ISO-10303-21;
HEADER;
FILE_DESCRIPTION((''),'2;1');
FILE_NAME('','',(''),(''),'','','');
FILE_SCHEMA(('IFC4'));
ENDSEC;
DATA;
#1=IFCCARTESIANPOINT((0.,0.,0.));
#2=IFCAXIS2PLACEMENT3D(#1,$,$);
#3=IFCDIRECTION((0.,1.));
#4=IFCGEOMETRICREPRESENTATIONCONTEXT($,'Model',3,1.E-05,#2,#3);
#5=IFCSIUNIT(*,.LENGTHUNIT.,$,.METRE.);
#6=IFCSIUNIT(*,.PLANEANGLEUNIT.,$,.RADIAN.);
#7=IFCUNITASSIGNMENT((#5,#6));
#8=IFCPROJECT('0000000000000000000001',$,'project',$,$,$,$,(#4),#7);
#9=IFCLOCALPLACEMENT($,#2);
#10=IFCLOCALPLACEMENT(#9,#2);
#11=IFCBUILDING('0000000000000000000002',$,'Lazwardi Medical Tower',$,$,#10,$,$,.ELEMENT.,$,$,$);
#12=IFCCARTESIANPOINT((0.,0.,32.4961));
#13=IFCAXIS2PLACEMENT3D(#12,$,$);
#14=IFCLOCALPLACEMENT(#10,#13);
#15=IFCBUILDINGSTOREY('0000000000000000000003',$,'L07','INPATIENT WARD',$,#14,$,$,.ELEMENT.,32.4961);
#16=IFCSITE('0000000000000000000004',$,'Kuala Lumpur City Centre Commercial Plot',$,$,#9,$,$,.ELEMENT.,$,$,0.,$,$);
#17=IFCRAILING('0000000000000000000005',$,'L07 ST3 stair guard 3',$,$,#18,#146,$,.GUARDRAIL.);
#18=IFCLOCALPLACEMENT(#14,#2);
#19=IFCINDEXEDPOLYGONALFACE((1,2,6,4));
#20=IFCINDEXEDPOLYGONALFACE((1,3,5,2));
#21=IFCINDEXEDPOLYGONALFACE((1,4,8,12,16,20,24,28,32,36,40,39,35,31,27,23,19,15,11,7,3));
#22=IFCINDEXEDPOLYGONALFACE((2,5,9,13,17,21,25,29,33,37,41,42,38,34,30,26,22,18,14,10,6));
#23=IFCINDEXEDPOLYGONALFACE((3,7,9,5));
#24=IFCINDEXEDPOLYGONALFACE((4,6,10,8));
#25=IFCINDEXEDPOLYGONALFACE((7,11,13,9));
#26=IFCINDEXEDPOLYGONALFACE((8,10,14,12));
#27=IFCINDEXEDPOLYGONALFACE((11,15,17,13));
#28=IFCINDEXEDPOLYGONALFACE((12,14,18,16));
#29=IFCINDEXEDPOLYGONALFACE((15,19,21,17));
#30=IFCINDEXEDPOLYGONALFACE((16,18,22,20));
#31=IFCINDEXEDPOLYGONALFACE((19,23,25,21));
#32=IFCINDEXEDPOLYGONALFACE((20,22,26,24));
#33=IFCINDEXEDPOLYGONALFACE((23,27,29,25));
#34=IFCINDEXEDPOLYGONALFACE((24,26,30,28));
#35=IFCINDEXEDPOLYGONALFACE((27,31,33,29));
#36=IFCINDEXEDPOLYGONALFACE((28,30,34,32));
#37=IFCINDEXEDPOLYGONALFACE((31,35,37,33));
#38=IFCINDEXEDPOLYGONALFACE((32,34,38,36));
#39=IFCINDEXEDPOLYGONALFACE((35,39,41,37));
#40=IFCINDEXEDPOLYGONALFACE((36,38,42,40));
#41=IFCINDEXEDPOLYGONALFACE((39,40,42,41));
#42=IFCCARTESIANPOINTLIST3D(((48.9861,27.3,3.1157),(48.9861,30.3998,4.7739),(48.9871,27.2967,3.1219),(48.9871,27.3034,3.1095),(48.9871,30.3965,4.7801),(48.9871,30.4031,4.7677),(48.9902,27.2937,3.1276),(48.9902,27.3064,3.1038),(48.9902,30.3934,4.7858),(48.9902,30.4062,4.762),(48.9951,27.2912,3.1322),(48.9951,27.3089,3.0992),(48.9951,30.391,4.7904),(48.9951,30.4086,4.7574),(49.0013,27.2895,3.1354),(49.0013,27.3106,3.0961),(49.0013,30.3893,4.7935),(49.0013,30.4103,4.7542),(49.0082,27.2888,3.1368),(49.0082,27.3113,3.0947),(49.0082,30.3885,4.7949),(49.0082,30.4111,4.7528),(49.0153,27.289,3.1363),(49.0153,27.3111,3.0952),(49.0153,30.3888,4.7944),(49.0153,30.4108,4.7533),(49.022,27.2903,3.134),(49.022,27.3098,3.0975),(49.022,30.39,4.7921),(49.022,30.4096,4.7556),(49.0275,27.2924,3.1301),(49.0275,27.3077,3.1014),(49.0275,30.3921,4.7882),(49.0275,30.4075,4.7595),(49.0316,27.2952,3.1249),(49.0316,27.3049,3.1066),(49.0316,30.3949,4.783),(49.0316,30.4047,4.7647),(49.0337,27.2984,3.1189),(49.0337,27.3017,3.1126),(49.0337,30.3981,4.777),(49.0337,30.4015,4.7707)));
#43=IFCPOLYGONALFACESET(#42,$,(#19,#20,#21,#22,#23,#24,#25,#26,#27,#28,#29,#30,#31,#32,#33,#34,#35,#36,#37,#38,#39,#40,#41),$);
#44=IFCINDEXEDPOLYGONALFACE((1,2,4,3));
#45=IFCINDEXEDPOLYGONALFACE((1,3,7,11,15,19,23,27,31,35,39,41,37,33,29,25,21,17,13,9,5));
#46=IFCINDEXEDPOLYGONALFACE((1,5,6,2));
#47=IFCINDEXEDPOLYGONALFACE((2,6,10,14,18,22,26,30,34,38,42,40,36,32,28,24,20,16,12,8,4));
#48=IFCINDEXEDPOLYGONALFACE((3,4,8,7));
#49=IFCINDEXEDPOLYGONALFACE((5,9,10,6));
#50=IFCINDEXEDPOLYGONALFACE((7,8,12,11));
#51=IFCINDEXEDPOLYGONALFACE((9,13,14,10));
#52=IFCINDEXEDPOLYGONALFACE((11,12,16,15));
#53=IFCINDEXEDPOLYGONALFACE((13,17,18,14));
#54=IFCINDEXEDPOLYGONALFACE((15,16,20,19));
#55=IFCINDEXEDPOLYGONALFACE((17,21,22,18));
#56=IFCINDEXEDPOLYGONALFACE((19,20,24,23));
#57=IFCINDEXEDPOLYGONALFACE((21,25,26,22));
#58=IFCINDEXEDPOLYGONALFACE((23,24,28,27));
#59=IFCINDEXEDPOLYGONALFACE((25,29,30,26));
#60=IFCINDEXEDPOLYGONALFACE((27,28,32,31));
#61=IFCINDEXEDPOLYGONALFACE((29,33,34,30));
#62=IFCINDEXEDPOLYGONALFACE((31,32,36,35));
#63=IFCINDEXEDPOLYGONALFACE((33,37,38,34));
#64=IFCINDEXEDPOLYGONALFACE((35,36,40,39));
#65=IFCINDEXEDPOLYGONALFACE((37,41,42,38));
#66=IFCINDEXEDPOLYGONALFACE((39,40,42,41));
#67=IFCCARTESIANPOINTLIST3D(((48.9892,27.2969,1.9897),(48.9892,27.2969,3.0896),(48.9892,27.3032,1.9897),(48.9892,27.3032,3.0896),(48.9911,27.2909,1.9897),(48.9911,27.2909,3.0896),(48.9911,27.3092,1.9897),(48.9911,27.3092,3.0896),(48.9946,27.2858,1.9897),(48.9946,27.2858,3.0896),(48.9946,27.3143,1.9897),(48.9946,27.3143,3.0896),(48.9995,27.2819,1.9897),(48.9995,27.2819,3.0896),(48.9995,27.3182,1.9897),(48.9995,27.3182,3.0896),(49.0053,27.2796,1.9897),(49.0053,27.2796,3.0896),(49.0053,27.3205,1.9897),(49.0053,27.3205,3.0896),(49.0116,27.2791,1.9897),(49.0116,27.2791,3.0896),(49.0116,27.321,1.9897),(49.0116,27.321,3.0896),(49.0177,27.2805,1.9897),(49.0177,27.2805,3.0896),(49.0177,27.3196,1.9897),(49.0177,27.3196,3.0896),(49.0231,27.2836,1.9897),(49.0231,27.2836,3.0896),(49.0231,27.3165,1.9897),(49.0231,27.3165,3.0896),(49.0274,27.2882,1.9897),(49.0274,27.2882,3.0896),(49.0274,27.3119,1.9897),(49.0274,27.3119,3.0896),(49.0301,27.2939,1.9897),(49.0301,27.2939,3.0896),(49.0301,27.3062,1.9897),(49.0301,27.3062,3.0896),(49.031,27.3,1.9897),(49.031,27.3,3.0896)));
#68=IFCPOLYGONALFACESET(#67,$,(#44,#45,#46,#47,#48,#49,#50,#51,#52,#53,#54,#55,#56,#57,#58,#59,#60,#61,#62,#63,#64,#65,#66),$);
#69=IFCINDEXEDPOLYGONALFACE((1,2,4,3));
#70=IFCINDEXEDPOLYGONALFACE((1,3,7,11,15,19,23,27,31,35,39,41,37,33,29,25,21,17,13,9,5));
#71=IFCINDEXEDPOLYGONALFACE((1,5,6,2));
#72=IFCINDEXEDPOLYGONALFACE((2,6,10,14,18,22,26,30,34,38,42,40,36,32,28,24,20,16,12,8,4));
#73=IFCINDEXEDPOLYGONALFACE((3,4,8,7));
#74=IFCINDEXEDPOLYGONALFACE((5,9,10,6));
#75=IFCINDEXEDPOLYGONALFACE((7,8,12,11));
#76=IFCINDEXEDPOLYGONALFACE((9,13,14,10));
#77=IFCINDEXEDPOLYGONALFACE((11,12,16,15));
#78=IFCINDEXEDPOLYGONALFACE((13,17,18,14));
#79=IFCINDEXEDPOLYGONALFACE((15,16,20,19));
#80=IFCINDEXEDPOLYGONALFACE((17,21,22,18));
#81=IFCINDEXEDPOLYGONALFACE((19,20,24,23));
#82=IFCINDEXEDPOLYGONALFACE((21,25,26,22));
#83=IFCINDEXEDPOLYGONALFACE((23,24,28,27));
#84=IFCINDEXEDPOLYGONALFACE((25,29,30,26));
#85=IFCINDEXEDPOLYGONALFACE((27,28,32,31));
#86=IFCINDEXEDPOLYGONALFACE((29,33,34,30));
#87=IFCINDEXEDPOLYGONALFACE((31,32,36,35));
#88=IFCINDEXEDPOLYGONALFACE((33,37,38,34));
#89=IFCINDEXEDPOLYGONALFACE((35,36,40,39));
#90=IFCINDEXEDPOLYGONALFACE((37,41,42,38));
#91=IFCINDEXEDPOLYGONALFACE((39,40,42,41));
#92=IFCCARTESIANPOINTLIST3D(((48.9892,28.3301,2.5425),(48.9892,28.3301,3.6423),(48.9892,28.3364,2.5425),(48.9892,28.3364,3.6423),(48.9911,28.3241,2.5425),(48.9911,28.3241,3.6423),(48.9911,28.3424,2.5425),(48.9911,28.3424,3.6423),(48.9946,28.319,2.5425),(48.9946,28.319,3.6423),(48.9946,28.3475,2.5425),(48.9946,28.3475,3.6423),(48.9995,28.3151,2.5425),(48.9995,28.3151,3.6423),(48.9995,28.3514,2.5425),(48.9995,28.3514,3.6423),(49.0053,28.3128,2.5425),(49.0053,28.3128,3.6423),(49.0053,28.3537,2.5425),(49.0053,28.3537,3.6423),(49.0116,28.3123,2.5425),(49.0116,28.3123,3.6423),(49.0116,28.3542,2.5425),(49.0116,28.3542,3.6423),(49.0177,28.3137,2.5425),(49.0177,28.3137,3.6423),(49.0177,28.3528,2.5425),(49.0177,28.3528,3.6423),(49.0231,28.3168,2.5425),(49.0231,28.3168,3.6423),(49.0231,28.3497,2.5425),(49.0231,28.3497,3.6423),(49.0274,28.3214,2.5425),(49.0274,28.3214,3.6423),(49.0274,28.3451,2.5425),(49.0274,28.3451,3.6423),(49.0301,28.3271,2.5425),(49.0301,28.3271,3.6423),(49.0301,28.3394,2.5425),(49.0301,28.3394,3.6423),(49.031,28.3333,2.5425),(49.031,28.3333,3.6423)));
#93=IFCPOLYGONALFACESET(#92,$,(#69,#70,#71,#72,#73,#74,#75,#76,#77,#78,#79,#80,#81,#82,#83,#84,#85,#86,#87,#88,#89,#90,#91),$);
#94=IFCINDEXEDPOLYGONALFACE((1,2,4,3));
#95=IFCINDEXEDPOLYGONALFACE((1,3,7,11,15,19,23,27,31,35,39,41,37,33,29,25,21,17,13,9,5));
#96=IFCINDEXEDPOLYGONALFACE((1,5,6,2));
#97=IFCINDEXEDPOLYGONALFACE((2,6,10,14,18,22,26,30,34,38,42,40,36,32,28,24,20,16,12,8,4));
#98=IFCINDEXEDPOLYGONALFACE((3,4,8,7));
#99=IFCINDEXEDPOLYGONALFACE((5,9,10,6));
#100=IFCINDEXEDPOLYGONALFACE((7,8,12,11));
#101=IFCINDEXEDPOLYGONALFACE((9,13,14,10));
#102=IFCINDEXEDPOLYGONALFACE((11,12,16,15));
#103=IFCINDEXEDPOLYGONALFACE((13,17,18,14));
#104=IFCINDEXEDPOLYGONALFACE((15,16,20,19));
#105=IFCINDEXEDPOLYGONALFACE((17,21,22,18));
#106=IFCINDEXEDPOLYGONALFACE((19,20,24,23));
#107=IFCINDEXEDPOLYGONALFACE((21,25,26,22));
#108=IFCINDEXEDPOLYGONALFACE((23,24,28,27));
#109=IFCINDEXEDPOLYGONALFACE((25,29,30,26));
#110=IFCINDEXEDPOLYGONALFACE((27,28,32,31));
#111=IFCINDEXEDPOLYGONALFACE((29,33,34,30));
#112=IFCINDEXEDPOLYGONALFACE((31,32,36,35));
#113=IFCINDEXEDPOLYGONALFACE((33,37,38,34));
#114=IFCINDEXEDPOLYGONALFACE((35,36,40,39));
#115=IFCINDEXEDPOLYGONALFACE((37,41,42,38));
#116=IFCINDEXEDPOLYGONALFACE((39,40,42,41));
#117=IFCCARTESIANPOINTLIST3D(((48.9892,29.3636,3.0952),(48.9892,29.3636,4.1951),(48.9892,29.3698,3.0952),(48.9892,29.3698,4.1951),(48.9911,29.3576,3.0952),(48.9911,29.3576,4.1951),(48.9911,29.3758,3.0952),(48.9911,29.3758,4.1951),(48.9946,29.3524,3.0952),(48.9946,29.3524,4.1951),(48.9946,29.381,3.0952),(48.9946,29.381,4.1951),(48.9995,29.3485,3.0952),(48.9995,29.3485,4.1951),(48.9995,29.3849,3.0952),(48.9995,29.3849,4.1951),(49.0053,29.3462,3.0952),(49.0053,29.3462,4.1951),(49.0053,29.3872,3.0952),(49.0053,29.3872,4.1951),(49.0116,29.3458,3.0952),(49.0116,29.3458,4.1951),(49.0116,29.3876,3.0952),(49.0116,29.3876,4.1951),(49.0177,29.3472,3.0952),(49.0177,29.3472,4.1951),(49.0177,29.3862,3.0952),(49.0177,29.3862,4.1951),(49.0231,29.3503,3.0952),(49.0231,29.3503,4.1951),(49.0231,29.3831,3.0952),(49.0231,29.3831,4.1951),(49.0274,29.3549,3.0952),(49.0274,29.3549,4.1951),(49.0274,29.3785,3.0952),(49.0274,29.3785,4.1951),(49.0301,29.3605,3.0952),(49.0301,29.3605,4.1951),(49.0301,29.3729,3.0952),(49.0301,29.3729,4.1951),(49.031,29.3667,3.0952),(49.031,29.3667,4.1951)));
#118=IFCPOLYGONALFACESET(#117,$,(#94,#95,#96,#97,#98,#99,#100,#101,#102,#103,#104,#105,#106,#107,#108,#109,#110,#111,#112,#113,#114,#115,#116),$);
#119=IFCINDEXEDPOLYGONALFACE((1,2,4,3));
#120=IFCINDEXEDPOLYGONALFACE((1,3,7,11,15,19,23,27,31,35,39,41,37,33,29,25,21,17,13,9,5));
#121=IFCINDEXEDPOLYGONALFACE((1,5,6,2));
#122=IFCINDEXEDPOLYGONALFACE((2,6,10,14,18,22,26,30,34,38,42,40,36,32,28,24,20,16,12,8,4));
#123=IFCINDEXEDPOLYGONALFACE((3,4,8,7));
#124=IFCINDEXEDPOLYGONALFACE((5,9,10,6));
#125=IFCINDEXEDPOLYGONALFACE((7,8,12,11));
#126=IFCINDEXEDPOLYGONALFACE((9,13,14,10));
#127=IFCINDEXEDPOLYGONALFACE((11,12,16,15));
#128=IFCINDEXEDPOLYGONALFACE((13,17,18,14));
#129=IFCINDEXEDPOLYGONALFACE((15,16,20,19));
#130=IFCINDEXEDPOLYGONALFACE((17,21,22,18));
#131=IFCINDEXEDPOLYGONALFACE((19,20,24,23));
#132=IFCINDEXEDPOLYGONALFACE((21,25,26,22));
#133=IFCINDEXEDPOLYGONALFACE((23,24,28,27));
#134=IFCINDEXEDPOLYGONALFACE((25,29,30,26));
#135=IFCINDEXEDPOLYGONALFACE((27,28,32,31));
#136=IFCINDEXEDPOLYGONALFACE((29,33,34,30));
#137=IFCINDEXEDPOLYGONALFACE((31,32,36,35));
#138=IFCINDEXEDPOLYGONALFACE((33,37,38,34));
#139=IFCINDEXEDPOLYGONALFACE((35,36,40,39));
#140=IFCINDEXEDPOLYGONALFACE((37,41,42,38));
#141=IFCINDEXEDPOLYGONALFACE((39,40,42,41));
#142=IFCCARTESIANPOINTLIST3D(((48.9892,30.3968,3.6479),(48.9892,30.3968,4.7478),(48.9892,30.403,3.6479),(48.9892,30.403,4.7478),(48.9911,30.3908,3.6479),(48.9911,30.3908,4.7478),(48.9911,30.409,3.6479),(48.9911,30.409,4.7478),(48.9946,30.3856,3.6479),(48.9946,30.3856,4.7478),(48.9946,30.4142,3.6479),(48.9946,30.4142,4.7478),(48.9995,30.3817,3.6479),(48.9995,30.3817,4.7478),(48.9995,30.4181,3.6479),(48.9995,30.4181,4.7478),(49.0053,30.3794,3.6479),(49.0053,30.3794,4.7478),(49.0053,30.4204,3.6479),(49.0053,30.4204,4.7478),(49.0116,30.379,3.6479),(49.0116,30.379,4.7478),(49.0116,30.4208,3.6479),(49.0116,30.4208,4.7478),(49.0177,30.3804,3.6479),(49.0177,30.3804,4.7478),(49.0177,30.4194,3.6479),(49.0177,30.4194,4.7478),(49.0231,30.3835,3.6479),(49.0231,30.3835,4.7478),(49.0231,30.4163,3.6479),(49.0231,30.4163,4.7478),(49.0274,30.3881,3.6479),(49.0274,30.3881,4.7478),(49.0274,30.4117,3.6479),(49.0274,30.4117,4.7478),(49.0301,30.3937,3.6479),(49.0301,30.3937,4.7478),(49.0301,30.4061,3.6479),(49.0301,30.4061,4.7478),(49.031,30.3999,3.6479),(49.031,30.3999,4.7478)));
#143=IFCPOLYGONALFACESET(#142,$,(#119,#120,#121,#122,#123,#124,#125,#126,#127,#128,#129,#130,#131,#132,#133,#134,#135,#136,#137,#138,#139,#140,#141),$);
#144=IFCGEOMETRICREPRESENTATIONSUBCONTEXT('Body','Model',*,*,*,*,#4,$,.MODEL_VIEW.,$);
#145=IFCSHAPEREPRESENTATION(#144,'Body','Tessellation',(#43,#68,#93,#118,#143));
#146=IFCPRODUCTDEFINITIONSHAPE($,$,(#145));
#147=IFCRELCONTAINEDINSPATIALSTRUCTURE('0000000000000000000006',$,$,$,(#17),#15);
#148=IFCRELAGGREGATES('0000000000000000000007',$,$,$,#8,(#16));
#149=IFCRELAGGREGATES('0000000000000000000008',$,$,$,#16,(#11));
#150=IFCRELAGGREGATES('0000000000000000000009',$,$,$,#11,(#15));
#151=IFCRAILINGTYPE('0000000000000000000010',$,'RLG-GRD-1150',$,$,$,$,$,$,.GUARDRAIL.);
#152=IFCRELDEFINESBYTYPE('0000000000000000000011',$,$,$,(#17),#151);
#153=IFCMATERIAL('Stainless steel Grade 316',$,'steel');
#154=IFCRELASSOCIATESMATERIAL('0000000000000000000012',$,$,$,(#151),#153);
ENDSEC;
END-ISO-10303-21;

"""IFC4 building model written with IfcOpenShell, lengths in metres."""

from ifc_helpers import new_model, si_unit, direction, frame, origin, origin_2d, place, context, subcontext, project, spatial, circle, extrude, material, type_object, element, save


model = new_model("IFC4")

# Units and contexts
model_context = context("Model", 3, precision=1e-05, world=origin(), true_north=direction((0.0, 1.0)))
body_context = subcontext(model_context, "Body", "Model", "MODEL_VIEW")
ifc_project = project(units=[si_unit("LENGTHUNIT", "METRE"), si_unit("PLANEANGLEUNIT", "RADIAN")], contexts=[model_context])

# Site, building, storey
site_placement = place(None, origin())
site = spatial("IfcSite", under=ifc_project, at=site_placement, Name="Kuala Lumpur City Centre Commercial Plot", CompositionType="ELEMENT", RefElevation=0.0)
building_placement = place(site_placement, origin())
building = spatial("IfcBuilding", under=site, at=building_placement, Name="Lazwardi Medical Tower", CompositionType="ELEMENT")
storey_placement = place(building_placement, frame((0.0, 0.0, 32.4961)))
storey = spatial("IfcBuildingStorey", under=building, at=storey_placement, Name="L07", Description="INPATIENT WARD", CompositionType="ELEMENT", Elevation=32.4961)

# Railing
ifc_material_1 = material(Name="Stainless steel Grade 316", Category="steel")
railing_type_1 = type_object("IfcRailingType", Name="RLG-GRD-1150", PredefinedType="GUARDRAIL", material=ifc_material_1)
railing_1_placement = place(storey_placement, frame((49.01, 27.3, 1.9897)))
element("IfcRailing", 1, at=railing_1_placement, inside=storey, type_object=railing_type_1, Name="L07 ST3 stair guard 3", PredefinedType="GUARDRAIL", context=body_context, shape_type="SweptSolid", body=[
    extrude(circle(Radius=0.0239, at=origin_2d()), frame((0.0, 0.0, 1.126), z_axis=(0.0, 0.881768, 0.471684), x_axis=(-1.0, 0.0, 0.0)), (0.0, 0.0, 1.0), 3.5154),
    extrude(circle(Radius=0.021, at=origin_2d()), origin(), (0.0, 0.0, 1.0), 1.0999),
    extrude(circle(Radius=0.021, at=origin_2d()), frame((0.0, 1.0332, 0.5527)), (0.0, 0.0, 1.0), 1.0999),
    extrude(circle(Radius=0.021, at=origin_2d()), frame((0.0, 2.0667, 1.1055)), (0.0, 0.0, 1.0), 1.0999),
    extrude(circle(Radius=0.021, at=origin_2d()), frame((0.0, 3.0999, 1.6582)), (0.0, 0.0, 1.0), 1.0999),
])

save(model, "model.ifc")
